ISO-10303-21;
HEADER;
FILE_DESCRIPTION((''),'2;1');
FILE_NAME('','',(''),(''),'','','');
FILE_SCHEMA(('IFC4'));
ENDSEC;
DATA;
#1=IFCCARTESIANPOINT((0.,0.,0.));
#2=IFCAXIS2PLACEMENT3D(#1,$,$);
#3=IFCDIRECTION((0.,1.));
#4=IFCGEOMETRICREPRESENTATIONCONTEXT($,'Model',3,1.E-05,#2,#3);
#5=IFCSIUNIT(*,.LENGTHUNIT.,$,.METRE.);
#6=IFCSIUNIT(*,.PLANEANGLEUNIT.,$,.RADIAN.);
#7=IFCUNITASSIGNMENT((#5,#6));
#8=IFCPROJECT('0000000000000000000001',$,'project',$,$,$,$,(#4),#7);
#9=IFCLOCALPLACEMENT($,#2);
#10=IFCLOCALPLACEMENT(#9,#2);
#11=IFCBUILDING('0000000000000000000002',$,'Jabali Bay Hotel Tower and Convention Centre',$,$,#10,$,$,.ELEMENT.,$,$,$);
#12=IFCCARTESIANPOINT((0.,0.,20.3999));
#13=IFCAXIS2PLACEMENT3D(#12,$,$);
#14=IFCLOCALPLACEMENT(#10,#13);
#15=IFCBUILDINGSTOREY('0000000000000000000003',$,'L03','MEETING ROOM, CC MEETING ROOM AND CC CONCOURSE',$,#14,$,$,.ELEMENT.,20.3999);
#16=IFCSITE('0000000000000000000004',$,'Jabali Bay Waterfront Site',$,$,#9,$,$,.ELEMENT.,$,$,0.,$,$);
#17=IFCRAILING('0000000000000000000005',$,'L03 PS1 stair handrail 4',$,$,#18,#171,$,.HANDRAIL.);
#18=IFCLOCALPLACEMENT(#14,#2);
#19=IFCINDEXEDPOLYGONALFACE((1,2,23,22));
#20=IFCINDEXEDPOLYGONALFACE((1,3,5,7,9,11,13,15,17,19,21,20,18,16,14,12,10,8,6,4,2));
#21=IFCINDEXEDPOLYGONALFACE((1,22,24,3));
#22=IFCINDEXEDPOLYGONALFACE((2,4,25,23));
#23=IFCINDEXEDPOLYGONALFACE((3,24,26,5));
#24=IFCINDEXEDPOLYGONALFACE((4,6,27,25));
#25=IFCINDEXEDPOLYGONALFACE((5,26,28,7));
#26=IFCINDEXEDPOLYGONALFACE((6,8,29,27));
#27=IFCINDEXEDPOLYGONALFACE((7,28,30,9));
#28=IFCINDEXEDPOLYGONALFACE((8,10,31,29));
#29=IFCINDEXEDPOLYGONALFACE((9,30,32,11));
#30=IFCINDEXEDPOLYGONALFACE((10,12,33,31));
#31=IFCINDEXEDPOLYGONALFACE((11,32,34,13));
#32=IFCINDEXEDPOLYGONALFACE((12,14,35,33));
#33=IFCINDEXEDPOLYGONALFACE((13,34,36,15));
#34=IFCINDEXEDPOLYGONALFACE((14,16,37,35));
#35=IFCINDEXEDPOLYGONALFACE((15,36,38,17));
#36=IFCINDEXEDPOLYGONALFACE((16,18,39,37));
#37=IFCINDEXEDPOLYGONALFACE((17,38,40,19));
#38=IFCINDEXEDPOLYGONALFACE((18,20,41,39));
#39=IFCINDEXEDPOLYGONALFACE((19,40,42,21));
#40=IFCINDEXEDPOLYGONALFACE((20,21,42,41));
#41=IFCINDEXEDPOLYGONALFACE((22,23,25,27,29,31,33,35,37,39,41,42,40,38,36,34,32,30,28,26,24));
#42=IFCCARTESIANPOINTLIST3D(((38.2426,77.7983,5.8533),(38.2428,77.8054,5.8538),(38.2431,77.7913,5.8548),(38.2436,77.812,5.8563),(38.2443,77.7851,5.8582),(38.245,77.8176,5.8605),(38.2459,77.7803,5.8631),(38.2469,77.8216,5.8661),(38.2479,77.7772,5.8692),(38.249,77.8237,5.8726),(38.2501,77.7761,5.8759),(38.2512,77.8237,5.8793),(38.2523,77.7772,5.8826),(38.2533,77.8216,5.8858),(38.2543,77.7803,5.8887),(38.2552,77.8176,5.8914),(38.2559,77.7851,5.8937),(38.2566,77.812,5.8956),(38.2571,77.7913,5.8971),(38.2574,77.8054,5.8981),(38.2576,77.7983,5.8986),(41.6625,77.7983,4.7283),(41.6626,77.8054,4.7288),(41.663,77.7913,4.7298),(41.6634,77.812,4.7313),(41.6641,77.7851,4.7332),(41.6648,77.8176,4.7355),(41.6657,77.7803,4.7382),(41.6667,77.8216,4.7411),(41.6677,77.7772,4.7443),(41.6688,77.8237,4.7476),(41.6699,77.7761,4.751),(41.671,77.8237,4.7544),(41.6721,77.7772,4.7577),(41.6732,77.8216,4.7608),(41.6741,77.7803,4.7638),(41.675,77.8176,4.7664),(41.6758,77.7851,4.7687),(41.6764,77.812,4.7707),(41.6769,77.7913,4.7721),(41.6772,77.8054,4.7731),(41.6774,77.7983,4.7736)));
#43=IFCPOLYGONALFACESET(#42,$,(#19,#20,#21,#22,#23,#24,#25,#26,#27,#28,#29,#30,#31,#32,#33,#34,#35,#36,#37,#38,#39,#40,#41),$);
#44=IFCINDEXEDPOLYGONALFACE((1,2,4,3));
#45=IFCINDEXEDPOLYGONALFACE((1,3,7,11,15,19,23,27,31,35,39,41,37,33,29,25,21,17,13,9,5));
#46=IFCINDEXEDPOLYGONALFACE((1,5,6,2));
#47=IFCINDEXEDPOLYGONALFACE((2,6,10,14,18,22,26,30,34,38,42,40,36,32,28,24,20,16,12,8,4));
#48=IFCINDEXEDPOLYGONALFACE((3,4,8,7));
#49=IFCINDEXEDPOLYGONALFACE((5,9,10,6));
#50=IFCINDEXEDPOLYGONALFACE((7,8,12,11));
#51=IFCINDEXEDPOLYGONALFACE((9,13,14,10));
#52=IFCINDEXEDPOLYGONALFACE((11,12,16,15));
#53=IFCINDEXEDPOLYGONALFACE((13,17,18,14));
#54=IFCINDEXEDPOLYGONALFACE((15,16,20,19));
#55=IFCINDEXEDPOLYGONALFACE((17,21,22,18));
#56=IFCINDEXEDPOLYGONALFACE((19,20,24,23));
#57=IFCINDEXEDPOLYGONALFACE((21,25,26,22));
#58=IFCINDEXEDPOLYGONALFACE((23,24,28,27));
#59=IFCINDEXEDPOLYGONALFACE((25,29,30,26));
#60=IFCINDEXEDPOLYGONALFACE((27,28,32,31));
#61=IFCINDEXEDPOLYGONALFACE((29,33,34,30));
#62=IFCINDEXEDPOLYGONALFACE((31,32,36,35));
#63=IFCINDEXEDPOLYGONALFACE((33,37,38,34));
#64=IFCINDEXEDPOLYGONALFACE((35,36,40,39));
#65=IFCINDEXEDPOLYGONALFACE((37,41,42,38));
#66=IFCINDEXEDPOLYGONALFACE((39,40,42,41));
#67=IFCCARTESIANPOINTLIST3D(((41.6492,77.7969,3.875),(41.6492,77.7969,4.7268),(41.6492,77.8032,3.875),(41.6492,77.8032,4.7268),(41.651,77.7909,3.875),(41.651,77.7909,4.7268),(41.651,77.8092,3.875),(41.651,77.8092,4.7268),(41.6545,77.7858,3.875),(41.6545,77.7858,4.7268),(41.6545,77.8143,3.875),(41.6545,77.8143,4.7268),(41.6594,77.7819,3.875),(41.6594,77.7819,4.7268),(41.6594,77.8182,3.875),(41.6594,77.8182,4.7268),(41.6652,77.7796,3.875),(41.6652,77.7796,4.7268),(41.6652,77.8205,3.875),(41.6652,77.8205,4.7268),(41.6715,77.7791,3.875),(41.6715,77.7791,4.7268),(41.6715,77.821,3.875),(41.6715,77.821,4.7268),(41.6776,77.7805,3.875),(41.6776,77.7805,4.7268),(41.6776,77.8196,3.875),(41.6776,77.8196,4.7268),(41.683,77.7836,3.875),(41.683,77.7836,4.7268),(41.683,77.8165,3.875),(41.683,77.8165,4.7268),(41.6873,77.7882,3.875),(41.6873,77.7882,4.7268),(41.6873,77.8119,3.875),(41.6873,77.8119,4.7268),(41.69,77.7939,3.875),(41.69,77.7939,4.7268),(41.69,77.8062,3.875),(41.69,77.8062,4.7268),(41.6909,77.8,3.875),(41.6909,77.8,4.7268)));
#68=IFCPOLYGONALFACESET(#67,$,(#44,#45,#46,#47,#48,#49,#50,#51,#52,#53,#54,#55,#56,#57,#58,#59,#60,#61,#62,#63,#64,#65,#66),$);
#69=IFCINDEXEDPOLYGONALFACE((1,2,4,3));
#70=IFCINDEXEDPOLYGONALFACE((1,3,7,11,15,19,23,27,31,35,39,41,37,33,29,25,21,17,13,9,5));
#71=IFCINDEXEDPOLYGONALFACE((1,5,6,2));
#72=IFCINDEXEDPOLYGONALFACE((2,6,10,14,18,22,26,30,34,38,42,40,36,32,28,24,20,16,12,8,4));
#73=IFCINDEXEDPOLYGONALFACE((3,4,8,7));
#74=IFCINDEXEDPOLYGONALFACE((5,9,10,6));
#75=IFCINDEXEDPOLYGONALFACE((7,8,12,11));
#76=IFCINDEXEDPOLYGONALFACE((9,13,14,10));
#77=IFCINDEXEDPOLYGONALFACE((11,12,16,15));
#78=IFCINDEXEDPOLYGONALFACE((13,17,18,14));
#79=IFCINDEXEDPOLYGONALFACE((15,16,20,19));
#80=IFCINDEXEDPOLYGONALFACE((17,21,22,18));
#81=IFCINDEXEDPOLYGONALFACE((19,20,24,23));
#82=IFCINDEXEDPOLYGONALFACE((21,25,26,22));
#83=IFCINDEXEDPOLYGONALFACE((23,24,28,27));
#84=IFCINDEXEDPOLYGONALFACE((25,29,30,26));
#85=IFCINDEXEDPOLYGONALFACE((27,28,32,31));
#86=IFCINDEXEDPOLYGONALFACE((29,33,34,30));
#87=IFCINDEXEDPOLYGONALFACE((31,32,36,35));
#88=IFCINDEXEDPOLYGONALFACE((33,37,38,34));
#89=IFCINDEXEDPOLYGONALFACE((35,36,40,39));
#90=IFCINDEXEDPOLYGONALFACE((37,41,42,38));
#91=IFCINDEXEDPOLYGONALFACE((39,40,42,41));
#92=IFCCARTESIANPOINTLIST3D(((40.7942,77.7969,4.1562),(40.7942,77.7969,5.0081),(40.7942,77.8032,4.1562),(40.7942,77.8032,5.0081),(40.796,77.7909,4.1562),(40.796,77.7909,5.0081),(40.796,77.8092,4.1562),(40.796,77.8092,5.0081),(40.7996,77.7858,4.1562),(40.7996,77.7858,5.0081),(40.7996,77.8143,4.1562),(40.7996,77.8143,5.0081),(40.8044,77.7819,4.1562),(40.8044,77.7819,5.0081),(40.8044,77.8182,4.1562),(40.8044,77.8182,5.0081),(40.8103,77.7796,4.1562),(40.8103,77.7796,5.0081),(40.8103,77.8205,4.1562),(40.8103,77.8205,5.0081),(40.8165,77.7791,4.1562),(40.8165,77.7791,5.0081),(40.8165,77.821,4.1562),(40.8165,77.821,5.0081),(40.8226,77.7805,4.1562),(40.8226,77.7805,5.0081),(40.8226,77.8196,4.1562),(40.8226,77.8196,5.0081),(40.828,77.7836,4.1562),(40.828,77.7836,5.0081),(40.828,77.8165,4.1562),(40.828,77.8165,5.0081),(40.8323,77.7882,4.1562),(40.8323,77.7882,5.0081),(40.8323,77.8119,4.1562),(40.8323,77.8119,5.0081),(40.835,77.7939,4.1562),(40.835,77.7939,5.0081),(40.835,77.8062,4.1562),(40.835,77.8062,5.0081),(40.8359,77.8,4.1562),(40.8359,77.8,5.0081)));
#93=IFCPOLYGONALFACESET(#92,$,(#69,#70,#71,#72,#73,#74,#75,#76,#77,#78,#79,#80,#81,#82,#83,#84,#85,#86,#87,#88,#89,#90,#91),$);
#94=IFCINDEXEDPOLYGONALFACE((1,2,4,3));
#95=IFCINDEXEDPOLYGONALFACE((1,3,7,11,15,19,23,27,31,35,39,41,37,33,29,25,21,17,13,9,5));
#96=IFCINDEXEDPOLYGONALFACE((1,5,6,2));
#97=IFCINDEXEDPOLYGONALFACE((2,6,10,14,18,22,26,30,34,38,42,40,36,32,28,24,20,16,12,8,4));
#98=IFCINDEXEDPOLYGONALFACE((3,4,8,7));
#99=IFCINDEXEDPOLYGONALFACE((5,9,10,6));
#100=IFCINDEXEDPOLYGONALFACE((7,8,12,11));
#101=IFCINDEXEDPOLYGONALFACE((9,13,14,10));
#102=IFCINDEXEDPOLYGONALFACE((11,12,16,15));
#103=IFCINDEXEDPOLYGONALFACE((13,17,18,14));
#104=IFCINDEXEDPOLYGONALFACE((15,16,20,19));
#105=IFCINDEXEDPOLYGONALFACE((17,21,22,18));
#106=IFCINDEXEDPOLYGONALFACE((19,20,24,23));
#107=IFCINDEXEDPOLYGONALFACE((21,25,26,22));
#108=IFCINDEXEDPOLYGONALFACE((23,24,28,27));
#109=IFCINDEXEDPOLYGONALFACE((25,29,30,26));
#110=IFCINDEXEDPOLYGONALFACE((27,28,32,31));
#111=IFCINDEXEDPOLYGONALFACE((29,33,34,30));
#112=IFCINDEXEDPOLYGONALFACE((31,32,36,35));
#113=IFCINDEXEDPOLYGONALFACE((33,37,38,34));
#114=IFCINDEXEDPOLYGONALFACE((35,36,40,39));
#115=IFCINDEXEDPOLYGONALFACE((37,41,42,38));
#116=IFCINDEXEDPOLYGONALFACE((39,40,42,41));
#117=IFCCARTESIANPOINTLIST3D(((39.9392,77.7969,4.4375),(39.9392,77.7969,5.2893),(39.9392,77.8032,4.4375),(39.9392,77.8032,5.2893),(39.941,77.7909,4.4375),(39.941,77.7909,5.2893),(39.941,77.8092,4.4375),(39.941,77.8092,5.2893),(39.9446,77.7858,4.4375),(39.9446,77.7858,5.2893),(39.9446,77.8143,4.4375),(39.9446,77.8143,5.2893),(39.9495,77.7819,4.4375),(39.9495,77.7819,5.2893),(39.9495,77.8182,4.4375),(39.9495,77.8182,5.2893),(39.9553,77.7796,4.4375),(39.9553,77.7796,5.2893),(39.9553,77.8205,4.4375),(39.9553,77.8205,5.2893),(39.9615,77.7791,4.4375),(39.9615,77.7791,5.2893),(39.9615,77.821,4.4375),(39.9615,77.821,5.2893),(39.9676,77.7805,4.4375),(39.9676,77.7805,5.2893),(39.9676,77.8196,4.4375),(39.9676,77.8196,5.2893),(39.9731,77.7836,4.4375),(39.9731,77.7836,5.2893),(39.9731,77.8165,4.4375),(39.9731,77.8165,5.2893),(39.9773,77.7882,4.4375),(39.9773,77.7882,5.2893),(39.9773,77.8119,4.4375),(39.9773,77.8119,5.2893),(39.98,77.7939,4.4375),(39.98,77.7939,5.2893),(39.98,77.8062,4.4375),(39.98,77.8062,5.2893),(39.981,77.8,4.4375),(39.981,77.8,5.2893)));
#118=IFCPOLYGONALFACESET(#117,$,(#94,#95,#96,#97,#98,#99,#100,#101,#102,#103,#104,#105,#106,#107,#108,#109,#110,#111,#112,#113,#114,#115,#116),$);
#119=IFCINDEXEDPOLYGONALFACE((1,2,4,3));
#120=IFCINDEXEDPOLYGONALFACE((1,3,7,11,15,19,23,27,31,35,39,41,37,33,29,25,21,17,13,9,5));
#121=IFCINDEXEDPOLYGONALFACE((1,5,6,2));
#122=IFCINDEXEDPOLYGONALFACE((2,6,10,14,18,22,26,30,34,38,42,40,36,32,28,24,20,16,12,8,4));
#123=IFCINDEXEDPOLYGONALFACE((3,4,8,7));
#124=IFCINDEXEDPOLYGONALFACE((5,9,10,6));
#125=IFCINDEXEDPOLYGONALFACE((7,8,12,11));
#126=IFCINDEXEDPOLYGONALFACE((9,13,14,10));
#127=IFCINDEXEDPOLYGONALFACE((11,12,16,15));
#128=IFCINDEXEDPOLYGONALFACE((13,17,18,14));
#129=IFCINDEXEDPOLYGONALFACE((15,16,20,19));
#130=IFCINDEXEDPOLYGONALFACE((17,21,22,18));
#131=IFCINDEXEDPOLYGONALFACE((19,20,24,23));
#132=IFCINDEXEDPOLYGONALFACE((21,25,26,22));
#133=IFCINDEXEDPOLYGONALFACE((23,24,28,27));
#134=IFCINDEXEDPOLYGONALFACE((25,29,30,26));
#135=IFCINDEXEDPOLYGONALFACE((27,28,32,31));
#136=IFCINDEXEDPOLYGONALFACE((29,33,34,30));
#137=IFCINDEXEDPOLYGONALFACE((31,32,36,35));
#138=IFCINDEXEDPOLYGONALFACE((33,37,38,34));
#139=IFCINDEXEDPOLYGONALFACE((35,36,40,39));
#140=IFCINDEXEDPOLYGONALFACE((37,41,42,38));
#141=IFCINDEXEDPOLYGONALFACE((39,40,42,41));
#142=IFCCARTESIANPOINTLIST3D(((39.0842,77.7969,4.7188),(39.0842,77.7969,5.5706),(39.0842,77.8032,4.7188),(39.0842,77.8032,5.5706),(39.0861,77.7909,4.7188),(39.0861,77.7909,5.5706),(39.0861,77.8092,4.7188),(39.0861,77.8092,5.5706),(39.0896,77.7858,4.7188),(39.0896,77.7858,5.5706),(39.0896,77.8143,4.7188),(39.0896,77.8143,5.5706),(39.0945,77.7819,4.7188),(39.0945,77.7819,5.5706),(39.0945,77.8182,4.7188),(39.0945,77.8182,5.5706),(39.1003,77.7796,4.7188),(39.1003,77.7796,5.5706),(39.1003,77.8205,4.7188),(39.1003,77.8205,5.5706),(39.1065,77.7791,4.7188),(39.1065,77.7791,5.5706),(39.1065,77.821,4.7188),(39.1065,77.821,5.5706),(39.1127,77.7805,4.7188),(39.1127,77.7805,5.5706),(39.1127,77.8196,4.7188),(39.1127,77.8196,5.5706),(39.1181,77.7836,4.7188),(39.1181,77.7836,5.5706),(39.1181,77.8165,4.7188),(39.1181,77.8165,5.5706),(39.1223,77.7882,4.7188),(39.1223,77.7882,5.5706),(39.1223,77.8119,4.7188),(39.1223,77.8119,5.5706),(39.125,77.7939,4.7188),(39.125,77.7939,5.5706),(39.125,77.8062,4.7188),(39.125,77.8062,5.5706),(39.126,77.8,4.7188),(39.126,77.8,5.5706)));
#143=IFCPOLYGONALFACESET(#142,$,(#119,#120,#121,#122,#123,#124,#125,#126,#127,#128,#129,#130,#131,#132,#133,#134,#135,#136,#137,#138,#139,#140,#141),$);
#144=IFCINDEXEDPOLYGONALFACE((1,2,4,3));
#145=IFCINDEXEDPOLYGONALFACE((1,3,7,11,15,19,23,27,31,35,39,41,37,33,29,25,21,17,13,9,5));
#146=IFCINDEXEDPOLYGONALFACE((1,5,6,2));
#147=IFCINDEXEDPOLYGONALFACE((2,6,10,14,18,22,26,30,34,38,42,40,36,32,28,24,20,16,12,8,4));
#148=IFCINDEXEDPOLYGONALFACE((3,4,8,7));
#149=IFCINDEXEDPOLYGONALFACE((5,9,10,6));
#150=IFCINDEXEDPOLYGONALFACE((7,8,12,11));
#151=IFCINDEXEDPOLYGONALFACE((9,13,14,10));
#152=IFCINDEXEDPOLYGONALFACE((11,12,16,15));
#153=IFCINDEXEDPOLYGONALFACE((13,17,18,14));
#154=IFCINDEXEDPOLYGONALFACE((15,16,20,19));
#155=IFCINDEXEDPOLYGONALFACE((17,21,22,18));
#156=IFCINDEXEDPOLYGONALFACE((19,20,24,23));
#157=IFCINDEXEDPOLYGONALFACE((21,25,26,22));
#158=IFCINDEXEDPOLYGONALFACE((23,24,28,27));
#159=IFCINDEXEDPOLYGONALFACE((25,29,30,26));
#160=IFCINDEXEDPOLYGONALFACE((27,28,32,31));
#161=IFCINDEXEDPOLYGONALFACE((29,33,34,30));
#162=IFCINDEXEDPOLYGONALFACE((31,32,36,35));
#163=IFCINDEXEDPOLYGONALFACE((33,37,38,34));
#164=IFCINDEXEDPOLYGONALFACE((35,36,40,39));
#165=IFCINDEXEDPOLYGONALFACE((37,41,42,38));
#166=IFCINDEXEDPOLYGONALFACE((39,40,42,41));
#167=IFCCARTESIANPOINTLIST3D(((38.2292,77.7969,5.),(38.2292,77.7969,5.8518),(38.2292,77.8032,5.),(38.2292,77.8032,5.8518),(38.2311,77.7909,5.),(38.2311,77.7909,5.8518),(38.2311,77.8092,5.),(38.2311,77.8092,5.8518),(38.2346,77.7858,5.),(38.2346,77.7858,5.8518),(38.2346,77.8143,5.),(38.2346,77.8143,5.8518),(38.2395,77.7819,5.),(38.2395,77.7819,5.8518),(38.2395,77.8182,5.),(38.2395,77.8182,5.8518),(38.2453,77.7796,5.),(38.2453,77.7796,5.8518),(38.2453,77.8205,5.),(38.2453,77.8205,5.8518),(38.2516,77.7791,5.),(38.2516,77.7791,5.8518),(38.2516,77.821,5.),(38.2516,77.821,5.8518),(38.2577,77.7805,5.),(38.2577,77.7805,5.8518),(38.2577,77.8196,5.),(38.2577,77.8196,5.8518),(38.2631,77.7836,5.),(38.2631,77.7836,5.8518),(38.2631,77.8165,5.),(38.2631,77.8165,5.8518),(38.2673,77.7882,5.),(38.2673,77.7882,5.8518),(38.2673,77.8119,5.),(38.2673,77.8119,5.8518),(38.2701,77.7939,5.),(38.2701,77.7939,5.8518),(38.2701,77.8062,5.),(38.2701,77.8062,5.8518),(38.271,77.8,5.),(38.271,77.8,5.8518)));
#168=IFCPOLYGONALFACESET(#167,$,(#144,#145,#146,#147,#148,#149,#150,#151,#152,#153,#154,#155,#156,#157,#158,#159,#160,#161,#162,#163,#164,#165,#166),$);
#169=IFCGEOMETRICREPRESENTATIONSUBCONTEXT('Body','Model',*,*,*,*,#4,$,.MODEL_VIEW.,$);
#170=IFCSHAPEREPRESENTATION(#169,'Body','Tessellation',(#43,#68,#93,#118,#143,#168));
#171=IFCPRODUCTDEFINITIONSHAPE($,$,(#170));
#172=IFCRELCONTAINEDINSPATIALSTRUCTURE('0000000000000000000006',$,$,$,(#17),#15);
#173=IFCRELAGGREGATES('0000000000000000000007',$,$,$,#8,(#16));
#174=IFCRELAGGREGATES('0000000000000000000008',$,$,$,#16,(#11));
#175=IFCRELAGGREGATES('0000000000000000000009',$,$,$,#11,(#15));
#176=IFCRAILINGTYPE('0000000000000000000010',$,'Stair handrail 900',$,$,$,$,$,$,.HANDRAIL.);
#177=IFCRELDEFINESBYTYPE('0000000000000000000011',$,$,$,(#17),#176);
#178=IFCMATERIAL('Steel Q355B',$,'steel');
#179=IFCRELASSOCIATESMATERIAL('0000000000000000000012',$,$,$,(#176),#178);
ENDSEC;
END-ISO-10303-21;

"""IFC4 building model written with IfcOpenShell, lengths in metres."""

from ifc_helpers import new_model, si_unit, direction, frame, origin, origin_2d, place, context, subcontext, project, spatial, circle, extrude, material, type_object, element, save


model = new_model("IFC4")

# Units and contexts
model_context = context("Model", 3, precision=1e-05, world=origin(), true_north=direction((0.0, 1.0)))
body_context = subcontext(model_context, "Body", "Model", "MODEL_VIEW")
ifc_project = project(units=[si_unit("LENGTHUNIT", "METRE"), si_unit("PLANEANGLEUNIT", "RADIAN")], contexts=[model_context])

# Site, building, storey
site_placement = place(None, origin())
site = spatial("IfcSite", under=ifc_project, at=site_placement, Name="Jabali Bay Waterfront Site", CompositionType="ELEMENT", RefElevation=0.0)
building_placement = place(site_placement, origin())
building = spatial("IfcBuilding", under=site, at=building_placement, Name="Jabali Bay Hotel Tower and Convention Centre", CompositionType="ELEMENT")
storey_placement = place(building_placement, frame((0.0, 0.0, 20.3999)))
storey = spatial("IfcBuildingStorey", under=building, at=storey_placement, Name="L03", Description="MEETING ROOM, CC MEETING ROOM AND CC CONCOURSE", CompositionType="ELEMENT", Elevation=20.3999)

# Railing
ifc_material_1 = material(Name="Steel Q355B", Category="steel")
railing_type_1 = type_object("IfcRailingType", Name="Stair handrail 900", PredefinedType="HANDRAIL", material=ifc_material_1)
for number, where, name in (
    (1, (41.6699, 77.8, 3.875), "L03 PS1 stair handrail 4"),
):
    element("IfcRailing", number, at=place(storey_placement, frame(where)), inside=storey, type_object=railing_type_1, Name=name, PredefinedType="HANDRAIL", context=body_context, shape_type="SweptSolid", body=[
        extrude(circle(Radius=0.0239, at=origin_2d()), frame((0.0, 0.0, 0.876), z_axis=(-0.949924, 0.0, 0.312482), x_axis=(0.0, -1.0, 0.0)), (0.0, 0.0, 1.0), 3.6001),
        extrude(circle(Radius=0.021, at=origin_2d()), origin(), (0.0, 0.0, 1.0), 0.8518),
        extrude(circle(Radius=0.021, at=origin_2d()), frame((-0.855, 0.0, 0.2812)), (0.0, 0.0, 1.0), 0.8518),
        extrude(circle(Radius=0.021, at=origin_2d()), frame((-1.71, 0.0, 0.5625)), (0.0, 0.0, 1.0), 0.8518),
        extrude(circle(Radius=0.021, at=origin_2d()), frame((-2.5649, 0.0, 0.8438)), (0.0, 0.0, 1.0), 0.8518),
        extrude(circle(Radius=0.021, at=origin_2d()), frame((-3.4199, 0.0, 1.125)), (0.0, 0.0, 1.0), 0.8518),
    ])

save(model, "model.ifc")
